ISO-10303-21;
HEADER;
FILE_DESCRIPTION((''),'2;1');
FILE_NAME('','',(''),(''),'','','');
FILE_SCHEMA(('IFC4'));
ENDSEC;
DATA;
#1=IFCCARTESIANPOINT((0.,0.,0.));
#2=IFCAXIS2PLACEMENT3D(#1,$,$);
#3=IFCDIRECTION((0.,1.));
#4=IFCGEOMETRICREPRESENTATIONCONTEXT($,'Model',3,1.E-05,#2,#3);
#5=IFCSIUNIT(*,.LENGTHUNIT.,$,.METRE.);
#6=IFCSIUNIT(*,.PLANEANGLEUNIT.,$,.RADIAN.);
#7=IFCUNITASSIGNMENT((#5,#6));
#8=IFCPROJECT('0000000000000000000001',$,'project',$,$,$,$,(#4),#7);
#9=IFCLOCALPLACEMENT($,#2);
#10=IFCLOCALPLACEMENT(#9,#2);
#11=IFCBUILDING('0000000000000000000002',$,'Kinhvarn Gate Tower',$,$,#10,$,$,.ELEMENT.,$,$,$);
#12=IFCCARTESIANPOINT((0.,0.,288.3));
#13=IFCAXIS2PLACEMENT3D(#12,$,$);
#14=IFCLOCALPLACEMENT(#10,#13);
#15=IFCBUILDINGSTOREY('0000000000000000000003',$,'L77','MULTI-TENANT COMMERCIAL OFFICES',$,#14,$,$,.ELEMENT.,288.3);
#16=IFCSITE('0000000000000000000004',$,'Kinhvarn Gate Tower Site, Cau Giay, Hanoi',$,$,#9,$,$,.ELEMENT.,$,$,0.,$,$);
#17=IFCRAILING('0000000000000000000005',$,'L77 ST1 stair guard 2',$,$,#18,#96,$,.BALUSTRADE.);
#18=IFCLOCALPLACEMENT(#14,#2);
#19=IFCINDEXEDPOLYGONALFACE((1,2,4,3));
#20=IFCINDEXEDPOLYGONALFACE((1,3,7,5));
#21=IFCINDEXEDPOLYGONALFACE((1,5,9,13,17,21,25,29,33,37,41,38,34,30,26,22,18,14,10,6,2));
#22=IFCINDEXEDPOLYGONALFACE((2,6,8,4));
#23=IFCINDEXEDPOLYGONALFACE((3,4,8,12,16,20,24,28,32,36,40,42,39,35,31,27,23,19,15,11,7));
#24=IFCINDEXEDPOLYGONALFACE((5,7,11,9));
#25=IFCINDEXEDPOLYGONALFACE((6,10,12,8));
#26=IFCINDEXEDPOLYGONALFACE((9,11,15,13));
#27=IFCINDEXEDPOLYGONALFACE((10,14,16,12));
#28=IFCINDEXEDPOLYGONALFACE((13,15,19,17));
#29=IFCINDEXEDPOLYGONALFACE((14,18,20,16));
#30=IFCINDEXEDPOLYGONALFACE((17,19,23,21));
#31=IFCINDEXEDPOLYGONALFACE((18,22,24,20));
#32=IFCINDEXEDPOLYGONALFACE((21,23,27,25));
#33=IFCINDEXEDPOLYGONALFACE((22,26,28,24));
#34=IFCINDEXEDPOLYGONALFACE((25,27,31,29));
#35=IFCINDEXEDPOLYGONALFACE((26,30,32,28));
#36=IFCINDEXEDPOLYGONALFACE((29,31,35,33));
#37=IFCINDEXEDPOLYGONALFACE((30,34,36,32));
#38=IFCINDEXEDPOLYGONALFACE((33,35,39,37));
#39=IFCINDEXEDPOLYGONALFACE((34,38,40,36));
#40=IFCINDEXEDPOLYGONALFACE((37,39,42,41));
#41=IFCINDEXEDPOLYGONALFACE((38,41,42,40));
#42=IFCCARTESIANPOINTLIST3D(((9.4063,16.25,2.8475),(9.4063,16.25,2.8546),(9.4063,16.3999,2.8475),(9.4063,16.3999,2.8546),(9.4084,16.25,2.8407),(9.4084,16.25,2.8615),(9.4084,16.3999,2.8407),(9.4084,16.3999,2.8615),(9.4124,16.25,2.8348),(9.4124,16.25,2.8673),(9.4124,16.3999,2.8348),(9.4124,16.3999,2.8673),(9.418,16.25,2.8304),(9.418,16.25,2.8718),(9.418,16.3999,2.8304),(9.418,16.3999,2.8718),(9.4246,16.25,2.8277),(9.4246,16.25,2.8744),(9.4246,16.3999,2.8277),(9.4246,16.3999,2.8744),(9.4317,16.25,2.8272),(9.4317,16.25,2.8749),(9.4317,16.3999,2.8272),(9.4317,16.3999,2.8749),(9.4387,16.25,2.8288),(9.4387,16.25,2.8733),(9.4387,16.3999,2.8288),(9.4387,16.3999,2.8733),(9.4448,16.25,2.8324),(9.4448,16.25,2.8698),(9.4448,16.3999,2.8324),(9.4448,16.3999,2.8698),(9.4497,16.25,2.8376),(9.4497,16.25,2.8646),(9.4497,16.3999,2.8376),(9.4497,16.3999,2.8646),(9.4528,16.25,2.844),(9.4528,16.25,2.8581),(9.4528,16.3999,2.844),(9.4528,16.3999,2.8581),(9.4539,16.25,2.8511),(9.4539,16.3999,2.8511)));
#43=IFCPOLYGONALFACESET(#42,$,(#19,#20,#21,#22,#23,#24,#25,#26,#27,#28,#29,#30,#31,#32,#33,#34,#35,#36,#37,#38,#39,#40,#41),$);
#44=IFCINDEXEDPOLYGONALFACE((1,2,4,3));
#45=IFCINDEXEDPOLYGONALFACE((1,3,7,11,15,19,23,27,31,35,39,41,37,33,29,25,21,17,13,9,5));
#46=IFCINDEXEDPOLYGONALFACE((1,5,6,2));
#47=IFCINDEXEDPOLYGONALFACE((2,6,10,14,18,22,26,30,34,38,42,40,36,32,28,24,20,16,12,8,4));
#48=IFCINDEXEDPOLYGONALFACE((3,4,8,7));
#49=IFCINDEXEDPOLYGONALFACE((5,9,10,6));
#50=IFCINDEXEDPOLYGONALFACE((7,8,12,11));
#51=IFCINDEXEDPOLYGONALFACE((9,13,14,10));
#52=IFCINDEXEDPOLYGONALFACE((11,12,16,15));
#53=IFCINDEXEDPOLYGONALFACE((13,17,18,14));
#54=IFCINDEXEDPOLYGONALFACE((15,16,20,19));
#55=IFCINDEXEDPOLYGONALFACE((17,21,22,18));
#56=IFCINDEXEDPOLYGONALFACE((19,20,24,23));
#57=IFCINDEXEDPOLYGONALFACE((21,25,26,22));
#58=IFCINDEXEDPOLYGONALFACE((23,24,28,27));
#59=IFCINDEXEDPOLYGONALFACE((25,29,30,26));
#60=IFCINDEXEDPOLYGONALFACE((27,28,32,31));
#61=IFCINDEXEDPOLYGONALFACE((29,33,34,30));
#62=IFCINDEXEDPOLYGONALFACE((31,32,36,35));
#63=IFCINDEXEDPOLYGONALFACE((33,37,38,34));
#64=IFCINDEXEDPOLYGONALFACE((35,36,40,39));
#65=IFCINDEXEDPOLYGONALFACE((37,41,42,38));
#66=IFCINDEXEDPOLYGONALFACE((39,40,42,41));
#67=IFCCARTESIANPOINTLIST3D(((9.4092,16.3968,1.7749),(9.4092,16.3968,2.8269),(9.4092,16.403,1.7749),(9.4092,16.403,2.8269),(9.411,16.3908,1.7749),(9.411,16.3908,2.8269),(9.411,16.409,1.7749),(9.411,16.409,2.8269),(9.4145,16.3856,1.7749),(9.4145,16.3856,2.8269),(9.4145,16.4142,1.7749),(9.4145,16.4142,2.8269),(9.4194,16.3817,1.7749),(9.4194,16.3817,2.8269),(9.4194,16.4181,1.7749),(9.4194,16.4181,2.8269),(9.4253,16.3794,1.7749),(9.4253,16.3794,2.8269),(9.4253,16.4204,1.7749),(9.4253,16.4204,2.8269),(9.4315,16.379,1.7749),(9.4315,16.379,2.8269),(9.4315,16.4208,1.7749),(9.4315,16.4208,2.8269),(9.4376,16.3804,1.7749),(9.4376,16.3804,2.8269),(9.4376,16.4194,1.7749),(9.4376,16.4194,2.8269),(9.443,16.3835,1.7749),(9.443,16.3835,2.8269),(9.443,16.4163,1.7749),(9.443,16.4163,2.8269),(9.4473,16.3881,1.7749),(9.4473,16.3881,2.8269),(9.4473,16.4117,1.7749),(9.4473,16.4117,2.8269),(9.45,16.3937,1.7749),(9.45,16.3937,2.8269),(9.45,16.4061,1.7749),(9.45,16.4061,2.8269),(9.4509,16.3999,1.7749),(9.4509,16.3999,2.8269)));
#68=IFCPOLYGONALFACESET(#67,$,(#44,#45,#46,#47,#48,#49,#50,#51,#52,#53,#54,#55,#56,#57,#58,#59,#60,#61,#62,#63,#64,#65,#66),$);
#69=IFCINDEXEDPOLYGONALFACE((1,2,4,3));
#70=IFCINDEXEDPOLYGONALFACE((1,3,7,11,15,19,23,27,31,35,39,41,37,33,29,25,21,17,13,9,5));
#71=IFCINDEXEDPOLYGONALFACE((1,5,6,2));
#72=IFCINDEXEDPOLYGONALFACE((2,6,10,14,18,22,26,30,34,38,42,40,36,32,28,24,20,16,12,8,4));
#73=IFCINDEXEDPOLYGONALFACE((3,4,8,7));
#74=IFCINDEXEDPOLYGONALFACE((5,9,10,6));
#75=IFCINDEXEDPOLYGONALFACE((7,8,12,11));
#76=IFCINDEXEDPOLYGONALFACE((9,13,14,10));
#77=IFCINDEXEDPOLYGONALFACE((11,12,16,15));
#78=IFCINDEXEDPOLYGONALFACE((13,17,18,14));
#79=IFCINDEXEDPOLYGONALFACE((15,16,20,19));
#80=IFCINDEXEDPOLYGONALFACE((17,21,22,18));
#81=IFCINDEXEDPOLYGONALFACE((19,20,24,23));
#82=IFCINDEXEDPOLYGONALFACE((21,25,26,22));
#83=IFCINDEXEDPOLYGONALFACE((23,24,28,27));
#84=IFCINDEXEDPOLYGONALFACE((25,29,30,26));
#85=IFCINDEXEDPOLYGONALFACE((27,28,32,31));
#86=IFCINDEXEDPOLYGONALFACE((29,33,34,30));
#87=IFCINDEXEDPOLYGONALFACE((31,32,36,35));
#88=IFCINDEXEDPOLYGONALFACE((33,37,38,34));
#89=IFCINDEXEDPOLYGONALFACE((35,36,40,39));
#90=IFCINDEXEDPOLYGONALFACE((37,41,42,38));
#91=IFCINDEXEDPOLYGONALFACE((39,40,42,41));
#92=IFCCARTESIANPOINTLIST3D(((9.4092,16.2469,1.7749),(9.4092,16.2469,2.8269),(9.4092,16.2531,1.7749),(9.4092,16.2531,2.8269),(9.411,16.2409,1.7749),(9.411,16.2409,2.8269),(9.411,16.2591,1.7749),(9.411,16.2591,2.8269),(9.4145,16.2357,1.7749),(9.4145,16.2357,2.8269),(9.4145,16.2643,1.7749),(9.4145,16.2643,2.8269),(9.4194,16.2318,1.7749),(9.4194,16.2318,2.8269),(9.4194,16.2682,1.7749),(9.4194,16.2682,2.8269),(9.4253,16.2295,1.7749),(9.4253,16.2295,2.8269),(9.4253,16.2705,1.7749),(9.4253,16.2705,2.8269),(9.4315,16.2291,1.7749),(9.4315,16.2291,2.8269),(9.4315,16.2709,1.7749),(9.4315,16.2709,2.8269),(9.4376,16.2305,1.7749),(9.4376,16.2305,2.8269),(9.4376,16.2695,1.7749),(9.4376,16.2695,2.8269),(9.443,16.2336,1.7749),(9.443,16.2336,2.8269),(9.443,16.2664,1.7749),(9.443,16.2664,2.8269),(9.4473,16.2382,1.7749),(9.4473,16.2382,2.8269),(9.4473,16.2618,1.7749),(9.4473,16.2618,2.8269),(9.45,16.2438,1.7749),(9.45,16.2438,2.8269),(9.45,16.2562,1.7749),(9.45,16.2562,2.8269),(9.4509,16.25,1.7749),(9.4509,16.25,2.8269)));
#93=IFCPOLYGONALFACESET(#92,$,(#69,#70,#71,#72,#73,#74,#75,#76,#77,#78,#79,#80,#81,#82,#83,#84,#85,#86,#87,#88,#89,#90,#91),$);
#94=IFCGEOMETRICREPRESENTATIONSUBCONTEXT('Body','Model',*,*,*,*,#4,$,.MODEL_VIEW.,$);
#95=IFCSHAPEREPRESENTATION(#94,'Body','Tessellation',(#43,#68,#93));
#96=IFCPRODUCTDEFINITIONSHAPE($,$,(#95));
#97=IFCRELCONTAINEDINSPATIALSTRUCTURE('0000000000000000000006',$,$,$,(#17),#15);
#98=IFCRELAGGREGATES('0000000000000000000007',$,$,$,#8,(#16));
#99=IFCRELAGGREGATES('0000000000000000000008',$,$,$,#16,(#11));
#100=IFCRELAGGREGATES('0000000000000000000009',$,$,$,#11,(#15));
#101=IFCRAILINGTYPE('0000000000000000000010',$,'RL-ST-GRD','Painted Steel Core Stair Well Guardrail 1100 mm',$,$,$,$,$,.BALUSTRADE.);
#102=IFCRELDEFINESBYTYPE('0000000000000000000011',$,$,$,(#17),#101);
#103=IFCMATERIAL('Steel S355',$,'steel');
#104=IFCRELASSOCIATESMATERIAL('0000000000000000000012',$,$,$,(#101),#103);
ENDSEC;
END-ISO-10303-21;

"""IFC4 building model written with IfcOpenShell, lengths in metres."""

from ifc_helpers import new_model, si_unit, direction, frame, origin, origin_2d, place, context, subcontext, project, spatial, circle, extrude, material, type_object, element, save


model = new_model("IFC4")

# Units and contexts
model_context = context("Model", 3, precision=1e-05, world=origin(), true_north=direction((0.0, 1.0)))
body_context = subcontext(model_context, "Body", "Model", "MODEL_VIEW")
ifc_project = project(units=[si_unit("LENGTHUNIT", "METRE"), si_unit("PLANEANGLEUNIT", "RADIAN")], contexts=[model_context])

# Site, building, storey
site_placement = place(None, origin())
site = spatial("IfcSite", under=ifc_project, at=site_placement, Name="Kinhvarn Gate Tower Site, Cau Giay, Hanoi", CompositionType="ELEMENT", RefElevation=0.0)
building_placement = place(site_placement, origin())
building = spatial("IfcBuilding", under=site, at=building_placement, Name="Kinhvarn Gate Tower", CompositionType="ELEMENT")
storey_placement = place(building_placement, frame((0.0, 0.0, 288.3)))
storey = spatial("IfcBuildingStorey", under=building, at=storey_placement, Name="L77", Description="MULTI-TENANT COMMERCIAL OFFICES", CompositionType="ELEMENT", Elevation=288.3)

# Shared definitions
ifc_material_1 = material(Name="Steel S355", Category="steel")

# Railing
railing_type_1 = type_object("IfcRailingType", Name="RL-ST-GRD", Description="Painted Steel Core Stair Well Guardrail 1100 mm", PredefinedType="BALUSTRADE", material=ifc_material_1)
railing_1_placement = place(storey_placement, frame((9.4299, 16.3999, 1.7749)))
element("IfcRailing", 1, at=railing_1_placement, inside=storey, type_object=railing_type_1, Name="L77 ST1 stair guard 2", PredefinedType="BALUSTRADE", context=body_context, shape_type="SweptSolid", body=[
    extrude(circle(Radius=0.0239, at=origin_2d()), frame((0.0, 0.0, 1.0762), z_axis=(0.0, -1.0, 0.0), x_axis=(1.0, 0.0, 0.0)), (0.0, 0.0, 1.0), 0.1499),
    extrude(circle(Radius=0.021, at=origin_2d()), origin(), (0.0, 0.0, 1.0), 1.052),
    extrude(circle(Radius=0.021, at=origin_2d()), frame((0.0, -0.1499, 0.0)), (0.0, 0.0, 1.0), 1.052),
])

save(model, "model.ifc")
